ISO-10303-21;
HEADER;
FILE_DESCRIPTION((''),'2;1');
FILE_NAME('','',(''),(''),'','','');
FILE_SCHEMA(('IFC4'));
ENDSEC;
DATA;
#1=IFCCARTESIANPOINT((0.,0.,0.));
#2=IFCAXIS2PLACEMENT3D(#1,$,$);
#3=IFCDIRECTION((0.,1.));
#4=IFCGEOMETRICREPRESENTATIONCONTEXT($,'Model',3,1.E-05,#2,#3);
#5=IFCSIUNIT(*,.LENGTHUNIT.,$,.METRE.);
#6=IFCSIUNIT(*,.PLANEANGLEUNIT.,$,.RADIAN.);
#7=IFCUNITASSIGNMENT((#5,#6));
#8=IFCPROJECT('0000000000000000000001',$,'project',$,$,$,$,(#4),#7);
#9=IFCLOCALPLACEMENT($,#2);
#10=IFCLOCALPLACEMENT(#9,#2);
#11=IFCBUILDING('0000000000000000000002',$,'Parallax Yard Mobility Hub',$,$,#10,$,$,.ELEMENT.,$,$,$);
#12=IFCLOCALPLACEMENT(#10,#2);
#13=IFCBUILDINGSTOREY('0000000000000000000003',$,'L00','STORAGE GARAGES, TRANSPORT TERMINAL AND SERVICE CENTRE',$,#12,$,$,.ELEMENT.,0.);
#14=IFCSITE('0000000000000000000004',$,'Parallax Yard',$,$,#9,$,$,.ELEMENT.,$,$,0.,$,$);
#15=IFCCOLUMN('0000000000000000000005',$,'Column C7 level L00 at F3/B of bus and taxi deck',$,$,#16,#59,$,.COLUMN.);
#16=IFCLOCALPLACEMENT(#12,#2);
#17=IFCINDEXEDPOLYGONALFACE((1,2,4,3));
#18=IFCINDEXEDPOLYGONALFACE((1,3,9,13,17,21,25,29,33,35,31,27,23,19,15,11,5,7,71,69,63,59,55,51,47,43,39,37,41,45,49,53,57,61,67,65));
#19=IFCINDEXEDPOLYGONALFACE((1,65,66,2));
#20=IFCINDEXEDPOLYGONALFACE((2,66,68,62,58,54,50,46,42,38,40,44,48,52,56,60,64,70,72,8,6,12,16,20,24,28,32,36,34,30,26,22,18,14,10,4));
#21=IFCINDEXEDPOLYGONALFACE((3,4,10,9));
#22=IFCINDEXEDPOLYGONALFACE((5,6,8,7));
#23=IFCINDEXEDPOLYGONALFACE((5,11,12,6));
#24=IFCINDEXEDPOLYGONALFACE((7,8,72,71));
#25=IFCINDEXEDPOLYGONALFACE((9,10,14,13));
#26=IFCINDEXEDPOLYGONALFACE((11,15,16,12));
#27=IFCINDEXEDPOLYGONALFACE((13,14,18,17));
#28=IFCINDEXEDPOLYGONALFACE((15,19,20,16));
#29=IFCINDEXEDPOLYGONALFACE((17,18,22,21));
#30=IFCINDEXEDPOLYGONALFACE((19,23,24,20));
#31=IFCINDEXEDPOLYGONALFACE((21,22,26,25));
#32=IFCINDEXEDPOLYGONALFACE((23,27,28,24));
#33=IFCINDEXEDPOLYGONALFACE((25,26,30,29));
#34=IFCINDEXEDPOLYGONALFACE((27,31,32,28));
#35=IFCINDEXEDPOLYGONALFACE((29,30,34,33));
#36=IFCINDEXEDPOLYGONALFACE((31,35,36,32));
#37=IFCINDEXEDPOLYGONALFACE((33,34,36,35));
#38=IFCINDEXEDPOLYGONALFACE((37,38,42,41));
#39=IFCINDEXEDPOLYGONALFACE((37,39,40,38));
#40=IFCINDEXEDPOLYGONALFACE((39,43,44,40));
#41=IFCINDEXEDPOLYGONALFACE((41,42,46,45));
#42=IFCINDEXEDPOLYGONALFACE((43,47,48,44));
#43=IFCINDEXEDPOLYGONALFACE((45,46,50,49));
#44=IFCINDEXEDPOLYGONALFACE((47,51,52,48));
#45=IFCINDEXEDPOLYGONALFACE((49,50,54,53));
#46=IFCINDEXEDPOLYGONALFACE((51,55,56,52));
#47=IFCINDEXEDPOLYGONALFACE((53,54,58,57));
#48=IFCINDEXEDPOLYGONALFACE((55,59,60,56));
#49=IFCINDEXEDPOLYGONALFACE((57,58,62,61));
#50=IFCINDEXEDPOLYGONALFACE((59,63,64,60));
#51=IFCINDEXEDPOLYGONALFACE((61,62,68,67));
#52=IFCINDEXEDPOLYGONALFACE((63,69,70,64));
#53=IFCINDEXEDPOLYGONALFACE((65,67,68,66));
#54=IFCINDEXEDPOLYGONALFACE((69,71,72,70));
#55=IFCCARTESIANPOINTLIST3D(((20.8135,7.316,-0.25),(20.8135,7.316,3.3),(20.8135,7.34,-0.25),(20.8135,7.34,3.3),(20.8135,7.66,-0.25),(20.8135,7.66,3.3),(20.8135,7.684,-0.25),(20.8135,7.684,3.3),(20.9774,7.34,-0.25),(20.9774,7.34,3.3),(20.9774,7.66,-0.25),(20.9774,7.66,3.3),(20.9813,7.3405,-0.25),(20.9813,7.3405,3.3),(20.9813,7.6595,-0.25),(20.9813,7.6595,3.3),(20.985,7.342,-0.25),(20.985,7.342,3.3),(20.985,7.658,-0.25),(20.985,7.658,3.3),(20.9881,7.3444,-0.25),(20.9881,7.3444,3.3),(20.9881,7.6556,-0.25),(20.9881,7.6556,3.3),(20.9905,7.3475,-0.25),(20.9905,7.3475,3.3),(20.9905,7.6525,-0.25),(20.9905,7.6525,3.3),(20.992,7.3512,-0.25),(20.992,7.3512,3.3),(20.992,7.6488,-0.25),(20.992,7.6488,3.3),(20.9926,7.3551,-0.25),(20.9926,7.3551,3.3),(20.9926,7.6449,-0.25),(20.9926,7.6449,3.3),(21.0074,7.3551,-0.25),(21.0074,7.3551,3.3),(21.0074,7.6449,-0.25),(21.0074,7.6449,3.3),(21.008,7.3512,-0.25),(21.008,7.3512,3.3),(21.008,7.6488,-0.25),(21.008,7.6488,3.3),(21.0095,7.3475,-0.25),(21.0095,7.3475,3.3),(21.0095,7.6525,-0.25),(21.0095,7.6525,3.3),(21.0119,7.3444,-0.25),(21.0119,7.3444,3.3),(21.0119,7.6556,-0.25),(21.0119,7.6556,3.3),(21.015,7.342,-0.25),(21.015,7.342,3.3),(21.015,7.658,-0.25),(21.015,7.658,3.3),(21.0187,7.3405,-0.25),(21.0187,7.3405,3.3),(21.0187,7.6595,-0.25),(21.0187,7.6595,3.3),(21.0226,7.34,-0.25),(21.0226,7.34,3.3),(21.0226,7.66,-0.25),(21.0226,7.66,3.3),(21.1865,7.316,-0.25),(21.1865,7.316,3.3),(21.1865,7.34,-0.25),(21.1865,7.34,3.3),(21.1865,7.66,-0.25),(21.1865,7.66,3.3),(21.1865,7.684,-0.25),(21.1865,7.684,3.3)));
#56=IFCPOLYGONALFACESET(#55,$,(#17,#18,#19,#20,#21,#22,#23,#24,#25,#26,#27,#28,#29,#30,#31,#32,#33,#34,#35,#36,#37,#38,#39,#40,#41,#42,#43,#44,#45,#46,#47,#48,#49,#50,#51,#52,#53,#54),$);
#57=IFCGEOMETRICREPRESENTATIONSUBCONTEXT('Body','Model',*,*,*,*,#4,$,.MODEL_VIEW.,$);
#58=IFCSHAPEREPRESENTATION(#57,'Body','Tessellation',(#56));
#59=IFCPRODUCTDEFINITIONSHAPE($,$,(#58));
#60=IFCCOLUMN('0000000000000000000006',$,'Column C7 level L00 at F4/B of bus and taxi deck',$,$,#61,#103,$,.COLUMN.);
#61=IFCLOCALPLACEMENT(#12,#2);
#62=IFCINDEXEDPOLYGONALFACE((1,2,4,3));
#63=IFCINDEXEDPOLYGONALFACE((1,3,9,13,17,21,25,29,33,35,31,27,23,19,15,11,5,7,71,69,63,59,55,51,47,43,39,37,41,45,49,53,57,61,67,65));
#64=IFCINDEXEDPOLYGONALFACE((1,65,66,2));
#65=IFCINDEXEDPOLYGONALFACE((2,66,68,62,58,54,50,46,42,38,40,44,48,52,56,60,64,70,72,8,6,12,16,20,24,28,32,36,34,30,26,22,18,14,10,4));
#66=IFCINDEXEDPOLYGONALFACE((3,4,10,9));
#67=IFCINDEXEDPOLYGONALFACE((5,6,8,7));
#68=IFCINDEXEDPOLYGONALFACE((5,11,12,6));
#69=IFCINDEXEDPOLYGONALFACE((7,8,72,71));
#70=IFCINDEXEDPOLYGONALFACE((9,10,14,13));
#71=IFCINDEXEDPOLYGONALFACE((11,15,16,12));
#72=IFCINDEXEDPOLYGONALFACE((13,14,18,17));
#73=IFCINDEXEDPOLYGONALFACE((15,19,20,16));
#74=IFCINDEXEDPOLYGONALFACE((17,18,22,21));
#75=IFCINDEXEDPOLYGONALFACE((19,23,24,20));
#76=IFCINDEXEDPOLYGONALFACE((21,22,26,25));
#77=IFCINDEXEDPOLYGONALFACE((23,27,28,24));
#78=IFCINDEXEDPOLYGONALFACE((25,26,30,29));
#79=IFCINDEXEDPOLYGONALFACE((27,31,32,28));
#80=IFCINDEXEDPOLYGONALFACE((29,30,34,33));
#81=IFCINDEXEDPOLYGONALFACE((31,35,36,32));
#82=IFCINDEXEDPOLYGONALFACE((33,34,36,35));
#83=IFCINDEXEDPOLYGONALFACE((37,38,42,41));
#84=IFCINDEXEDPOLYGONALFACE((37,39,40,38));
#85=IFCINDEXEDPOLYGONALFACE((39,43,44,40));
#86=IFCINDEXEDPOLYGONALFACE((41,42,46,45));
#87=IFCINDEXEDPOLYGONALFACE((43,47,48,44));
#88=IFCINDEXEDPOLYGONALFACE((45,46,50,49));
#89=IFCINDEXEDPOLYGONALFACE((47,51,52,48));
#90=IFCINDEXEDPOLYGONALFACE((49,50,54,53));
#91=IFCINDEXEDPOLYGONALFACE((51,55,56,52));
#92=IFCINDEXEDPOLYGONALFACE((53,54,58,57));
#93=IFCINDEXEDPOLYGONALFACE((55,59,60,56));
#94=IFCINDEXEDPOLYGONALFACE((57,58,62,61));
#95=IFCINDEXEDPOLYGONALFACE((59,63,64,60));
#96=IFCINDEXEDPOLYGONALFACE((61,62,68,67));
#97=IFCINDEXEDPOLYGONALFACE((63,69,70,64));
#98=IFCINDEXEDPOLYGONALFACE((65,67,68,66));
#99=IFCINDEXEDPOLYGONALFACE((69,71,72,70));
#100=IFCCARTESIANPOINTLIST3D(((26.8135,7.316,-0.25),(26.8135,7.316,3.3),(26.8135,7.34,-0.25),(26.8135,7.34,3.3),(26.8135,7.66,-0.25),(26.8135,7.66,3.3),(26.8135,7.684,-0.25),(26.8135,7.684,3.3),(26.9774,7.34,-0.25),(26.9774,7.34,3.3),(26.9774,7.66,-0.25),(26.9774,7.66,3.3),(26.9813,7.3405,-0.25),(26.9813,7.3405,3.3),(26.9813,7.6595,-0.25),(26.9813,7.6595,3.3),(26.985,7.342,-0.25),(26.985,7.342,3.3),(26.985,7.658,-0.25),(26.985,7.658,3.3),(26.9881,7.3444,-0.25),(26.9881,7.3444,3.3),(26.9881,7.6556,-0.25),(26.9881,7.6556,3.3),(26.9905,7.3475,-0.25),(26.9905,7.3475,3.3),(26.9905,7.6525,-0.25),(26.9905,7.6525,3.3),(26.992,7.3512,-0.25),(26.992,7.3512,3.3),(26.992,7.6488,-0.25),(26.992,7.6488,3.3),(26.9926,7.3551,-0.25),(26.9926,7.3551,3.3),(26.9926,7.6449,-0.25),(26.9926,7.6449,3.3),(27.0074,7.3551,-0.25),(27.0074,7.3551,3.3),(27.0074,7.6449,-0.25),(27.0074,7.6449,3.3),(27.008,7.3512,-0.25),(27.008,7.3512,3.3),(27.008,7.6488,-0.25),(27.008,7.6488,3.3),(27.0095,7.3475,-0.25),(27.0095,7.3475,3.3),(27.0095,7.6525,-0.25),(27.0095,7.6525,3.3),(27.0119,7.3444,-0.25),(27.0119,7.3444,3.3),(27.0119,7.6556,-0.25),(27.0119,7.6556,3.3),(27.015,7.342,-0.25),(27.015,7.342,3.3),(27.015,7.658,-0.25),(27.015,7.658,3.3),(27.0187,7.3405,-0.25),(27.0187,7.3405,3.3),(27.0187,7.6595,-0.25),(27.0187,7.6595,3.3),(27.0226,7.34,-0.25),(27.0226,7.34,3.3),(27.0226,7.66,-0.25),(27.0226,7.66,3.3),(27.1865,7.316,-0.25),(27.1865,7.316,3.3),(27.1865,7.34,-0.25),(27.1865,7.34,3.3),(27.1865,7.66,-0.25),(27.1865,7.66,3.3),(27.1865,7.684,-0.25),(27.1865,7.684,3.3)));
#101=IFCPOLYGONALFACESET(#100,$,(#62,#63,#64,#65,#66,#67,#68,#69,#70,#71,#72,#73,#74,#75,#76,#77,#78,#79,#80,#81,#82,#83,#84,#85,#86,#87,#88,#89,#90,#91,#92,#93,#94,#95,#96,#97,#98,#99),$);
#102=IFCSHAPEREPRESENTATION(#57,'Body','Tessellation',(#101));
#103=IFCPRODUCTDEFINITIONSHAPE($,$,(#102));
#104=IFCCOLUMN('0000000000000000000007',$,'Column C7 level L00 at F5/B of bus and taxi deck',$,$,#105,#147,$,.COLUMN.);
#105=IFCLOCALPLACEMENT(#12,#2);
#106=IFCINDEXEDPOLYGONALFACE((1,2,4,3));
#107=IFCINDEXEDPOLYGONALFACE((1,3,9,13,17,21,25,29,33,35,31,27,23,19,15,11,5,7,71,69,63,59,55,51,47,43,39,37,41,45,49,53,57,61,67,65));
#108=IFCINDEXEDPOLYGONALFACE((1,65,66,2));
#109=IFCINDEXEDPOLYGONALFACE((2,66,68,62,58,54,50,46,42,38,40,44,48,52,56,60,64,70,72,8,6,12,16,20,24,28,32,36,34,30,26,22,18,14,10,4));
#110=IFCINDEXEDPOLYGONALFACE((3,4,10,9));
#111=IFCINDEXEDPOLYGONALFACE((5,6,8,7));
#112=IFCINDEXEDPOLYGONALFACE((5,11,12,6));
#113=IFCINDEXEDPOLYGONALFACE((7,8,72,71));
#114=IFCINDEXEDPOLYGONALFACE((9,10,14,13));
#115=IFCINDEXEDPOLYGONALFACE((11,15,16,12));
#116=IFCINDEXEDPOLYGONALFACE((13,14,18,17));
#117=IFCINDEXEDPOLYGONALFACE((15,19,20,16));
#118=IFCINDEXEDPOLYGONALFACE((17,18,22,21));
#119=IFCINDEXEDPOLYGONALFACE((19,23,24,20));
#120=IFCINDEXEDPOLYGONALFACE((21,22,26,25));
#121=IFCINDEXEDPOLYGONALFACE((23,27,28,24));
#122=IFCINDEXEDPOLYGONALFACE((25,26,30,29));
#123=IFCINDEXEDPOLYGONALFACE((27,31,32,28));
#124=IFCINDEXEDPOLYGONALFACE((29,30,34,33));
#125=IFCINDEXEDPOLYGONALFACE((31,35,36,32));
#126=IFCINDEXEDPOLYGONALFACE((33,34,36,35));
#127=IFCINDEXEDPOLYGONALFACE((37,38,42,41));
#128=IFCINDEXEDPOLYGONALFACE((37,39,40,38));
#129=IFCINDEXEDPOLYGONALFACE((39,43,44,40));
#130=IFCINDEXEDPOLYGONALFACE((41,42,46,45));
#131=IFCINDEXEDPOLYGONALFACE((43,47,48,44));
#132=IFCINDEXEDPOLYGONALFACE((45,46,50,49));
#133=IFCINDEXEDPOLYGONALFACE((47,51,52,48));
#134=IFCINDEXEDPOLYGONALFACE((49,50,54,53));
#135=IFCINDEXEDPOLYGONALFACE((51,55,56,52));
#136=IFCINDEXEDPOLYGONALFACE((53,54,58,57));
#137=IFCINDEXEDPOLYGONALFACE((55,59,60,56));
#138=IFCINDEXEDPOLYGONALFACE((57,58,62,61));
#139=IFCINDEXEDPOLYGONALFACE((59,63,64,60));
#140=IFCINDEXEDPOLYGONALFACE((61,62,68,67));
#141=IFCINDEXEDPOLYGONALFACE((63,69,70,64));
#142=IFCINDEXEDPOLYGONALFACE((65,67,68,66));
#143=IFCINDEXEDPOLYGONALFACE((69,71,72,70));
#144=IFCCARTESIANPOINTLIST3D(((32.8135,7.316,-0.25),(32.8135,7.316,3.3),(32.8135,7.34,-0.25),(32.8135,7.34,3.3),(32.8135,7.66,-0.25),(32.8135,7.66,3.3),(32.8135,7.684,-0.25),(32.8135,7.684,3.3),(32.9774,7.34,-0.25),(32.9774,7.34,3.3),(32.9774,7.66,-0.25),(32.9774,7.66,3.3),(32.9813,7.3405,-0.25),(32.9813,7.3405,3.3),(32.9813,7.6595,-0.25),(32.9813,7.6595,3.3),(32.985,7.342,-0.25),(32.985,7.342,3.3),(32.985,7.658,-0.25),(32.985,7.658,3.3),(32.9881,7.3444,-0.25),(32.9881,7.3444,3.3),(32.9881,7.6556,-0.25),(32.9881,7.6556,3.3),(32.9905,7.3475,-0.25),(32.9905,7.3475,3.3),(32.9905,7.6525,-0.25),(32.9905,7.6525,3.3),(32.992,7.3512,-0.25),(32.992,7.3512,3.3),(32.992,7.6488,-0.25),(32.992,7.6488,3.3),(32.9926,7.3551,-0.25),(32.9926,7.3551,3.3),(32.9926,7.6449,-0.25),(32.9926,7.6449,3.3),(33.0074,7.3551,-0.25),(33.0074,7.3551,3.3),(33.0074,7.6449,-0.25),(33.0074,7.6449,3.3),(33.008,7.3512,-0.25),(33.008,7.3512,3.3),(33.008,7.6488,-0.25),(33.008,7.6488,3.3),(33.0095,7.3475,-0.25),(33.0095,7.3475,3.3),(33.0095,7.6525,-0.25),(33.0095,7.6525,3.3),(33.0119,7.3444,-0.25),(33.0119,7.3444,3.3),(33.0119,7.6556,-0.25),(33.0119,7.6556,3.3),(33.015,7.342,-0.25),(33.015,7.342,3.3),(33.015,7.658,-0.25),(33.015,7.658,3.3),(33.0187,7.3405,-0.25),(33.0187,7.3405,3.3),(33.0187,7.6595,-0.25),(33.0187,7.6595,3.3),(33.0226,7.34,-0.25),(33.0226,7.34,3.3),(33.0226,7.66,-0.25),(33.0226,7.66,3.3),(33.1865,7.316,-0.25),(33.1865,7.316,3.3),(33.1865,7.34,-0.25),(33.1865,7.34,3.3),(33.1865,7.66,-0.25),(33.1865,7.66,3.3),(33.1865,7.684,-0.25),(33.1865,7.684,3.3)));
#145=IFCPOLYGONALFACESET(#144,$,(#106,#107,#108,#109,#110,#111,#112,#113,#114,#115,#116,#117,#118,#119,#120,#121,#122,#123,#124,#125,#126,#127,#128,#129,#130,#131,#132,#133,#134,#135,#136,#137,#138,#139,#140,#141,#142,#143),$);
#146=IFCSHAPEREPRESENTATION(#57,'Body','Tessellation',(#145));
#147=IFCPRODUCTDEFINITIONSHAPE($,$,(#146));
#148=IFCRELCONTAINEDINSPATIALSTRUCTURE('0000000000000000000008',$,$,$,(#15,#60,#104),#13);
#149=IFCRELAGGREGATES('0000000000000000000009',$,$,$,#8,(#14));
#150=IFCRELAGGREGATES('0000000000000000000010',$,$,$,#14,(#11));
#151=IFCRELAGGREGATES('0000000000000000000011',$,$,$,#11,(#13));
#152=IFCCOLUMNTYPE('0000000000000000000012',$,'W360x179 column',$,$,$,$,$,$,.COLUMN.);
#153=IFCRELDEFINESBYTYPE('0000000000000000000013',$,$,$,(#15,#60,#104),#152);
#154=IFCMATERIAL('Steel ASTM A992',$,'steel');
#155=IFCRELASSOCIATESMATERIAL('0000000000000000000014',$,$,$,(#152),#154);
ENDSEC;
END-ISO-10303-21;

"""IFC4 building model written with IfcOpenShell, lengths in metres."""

from ifc_helpers import new_model, si_unit, direction, frame, origin, origin_2d, place, context, subcontext, project, spatial, i_section, extrude, material, material_profile, profile_set, type_object, element, save


model = new_model("IFC4")

# Units and contexts
model_context = context("Model", 3, precision=1e-05, world=origin(), true_north=direction((0.0, 1.0)))
body_context = subcontext(model_context, "Body", "Model", "MODEL_VIEW")
ifc_project = project(units=[si_unit("LENGTHUNIT", "METRE"), si_unit("PLANEANGLEUNIT", "RADIAN")], contexts=[model_context])

# Site, building, storey
site_placement = place(None, origin())
site = spatial("IfcSite", under=ifc_project, at=site_placement, Name="Parallax Yard", CompositionType="ELEMENT", RefElevation=0.0)
building_placement = place(site_placement, origin())
building = spatial("IfcBuilding", under=site, at=building_placement, Name="Parallax Yard Mobility Hub", CompositionType="ELEMENT")
storey_placement = place(building_placement, origin())
storey = spatial("IfcBuildingStorey", under=building, at=storey_placement, Name="L00", Description="STORAGE GARAGES, TRANSPORT TERMINAL AND SERVICE CENTRE", CompositionType="ELEMENT", Elevation=0.0)

# Columns
ifc_material_1 = material(Name="Steel ASTM A992", Category="steel")
ifc_material_profile_1 = material_profile(ifc_material_1, i_section(OverallWidth=0.373, OverallDepth=0.3679, WebThickness=0.0149, FlangeThickness=0.0239, FilletRadius=0.0151, at=origin_2d()), Name="W360x179")
ifc_profile_set_1 = profile_set([ifc_material_profile_1], Name="Steel ASTM A992")
column_type_1 = type_object("IfcColumnType", Name="W360x179 column", PredefinedType="COLUMN", material=ifc_profile_set_1)
for number, where, z_axis, x_axis, name in (
    (1, (21.0, 7.5, -0.25), (0.0, 0.0, 1.0), (1.0, 0.0, 0.0), "Column C7 level L00 at F3/B of bus and taxi deck"),
    (2, (27.0, 7.5, -0.25), (0.0, 0.0, 1.0), (1.0, 0.0, 0.0), "Column C7 level L00 at F4/B of bus and taxi deck"),
    (3, (33.0, 7.5, -0.25), (0.0, 0.0, 1.0), (1.0, 0.0, 0.0), "Column C7 level L00 at F5/B of bus and taxi deck"),
):
    element("IfcColumn", number, at=place(storey_placement, frame(where, z_axis=z_axis, x_axis=x_axis)), inside=storey, type_object=column_type_1, Name=name, PredefinedType="COLUMN", context=body_context, shape_type="SweptSolid", body=[
        extrude(i_section(OverallWidth=0.373, OverallDepth=0.3679, WebThickness=0.0149, FlangeThickness=0.0239, FilletRadius=0.0151, at=origin_2d()), origin(), (0.0, 0.0, 1.0), 3.55),
    ])

save(model, "model.ifc")
